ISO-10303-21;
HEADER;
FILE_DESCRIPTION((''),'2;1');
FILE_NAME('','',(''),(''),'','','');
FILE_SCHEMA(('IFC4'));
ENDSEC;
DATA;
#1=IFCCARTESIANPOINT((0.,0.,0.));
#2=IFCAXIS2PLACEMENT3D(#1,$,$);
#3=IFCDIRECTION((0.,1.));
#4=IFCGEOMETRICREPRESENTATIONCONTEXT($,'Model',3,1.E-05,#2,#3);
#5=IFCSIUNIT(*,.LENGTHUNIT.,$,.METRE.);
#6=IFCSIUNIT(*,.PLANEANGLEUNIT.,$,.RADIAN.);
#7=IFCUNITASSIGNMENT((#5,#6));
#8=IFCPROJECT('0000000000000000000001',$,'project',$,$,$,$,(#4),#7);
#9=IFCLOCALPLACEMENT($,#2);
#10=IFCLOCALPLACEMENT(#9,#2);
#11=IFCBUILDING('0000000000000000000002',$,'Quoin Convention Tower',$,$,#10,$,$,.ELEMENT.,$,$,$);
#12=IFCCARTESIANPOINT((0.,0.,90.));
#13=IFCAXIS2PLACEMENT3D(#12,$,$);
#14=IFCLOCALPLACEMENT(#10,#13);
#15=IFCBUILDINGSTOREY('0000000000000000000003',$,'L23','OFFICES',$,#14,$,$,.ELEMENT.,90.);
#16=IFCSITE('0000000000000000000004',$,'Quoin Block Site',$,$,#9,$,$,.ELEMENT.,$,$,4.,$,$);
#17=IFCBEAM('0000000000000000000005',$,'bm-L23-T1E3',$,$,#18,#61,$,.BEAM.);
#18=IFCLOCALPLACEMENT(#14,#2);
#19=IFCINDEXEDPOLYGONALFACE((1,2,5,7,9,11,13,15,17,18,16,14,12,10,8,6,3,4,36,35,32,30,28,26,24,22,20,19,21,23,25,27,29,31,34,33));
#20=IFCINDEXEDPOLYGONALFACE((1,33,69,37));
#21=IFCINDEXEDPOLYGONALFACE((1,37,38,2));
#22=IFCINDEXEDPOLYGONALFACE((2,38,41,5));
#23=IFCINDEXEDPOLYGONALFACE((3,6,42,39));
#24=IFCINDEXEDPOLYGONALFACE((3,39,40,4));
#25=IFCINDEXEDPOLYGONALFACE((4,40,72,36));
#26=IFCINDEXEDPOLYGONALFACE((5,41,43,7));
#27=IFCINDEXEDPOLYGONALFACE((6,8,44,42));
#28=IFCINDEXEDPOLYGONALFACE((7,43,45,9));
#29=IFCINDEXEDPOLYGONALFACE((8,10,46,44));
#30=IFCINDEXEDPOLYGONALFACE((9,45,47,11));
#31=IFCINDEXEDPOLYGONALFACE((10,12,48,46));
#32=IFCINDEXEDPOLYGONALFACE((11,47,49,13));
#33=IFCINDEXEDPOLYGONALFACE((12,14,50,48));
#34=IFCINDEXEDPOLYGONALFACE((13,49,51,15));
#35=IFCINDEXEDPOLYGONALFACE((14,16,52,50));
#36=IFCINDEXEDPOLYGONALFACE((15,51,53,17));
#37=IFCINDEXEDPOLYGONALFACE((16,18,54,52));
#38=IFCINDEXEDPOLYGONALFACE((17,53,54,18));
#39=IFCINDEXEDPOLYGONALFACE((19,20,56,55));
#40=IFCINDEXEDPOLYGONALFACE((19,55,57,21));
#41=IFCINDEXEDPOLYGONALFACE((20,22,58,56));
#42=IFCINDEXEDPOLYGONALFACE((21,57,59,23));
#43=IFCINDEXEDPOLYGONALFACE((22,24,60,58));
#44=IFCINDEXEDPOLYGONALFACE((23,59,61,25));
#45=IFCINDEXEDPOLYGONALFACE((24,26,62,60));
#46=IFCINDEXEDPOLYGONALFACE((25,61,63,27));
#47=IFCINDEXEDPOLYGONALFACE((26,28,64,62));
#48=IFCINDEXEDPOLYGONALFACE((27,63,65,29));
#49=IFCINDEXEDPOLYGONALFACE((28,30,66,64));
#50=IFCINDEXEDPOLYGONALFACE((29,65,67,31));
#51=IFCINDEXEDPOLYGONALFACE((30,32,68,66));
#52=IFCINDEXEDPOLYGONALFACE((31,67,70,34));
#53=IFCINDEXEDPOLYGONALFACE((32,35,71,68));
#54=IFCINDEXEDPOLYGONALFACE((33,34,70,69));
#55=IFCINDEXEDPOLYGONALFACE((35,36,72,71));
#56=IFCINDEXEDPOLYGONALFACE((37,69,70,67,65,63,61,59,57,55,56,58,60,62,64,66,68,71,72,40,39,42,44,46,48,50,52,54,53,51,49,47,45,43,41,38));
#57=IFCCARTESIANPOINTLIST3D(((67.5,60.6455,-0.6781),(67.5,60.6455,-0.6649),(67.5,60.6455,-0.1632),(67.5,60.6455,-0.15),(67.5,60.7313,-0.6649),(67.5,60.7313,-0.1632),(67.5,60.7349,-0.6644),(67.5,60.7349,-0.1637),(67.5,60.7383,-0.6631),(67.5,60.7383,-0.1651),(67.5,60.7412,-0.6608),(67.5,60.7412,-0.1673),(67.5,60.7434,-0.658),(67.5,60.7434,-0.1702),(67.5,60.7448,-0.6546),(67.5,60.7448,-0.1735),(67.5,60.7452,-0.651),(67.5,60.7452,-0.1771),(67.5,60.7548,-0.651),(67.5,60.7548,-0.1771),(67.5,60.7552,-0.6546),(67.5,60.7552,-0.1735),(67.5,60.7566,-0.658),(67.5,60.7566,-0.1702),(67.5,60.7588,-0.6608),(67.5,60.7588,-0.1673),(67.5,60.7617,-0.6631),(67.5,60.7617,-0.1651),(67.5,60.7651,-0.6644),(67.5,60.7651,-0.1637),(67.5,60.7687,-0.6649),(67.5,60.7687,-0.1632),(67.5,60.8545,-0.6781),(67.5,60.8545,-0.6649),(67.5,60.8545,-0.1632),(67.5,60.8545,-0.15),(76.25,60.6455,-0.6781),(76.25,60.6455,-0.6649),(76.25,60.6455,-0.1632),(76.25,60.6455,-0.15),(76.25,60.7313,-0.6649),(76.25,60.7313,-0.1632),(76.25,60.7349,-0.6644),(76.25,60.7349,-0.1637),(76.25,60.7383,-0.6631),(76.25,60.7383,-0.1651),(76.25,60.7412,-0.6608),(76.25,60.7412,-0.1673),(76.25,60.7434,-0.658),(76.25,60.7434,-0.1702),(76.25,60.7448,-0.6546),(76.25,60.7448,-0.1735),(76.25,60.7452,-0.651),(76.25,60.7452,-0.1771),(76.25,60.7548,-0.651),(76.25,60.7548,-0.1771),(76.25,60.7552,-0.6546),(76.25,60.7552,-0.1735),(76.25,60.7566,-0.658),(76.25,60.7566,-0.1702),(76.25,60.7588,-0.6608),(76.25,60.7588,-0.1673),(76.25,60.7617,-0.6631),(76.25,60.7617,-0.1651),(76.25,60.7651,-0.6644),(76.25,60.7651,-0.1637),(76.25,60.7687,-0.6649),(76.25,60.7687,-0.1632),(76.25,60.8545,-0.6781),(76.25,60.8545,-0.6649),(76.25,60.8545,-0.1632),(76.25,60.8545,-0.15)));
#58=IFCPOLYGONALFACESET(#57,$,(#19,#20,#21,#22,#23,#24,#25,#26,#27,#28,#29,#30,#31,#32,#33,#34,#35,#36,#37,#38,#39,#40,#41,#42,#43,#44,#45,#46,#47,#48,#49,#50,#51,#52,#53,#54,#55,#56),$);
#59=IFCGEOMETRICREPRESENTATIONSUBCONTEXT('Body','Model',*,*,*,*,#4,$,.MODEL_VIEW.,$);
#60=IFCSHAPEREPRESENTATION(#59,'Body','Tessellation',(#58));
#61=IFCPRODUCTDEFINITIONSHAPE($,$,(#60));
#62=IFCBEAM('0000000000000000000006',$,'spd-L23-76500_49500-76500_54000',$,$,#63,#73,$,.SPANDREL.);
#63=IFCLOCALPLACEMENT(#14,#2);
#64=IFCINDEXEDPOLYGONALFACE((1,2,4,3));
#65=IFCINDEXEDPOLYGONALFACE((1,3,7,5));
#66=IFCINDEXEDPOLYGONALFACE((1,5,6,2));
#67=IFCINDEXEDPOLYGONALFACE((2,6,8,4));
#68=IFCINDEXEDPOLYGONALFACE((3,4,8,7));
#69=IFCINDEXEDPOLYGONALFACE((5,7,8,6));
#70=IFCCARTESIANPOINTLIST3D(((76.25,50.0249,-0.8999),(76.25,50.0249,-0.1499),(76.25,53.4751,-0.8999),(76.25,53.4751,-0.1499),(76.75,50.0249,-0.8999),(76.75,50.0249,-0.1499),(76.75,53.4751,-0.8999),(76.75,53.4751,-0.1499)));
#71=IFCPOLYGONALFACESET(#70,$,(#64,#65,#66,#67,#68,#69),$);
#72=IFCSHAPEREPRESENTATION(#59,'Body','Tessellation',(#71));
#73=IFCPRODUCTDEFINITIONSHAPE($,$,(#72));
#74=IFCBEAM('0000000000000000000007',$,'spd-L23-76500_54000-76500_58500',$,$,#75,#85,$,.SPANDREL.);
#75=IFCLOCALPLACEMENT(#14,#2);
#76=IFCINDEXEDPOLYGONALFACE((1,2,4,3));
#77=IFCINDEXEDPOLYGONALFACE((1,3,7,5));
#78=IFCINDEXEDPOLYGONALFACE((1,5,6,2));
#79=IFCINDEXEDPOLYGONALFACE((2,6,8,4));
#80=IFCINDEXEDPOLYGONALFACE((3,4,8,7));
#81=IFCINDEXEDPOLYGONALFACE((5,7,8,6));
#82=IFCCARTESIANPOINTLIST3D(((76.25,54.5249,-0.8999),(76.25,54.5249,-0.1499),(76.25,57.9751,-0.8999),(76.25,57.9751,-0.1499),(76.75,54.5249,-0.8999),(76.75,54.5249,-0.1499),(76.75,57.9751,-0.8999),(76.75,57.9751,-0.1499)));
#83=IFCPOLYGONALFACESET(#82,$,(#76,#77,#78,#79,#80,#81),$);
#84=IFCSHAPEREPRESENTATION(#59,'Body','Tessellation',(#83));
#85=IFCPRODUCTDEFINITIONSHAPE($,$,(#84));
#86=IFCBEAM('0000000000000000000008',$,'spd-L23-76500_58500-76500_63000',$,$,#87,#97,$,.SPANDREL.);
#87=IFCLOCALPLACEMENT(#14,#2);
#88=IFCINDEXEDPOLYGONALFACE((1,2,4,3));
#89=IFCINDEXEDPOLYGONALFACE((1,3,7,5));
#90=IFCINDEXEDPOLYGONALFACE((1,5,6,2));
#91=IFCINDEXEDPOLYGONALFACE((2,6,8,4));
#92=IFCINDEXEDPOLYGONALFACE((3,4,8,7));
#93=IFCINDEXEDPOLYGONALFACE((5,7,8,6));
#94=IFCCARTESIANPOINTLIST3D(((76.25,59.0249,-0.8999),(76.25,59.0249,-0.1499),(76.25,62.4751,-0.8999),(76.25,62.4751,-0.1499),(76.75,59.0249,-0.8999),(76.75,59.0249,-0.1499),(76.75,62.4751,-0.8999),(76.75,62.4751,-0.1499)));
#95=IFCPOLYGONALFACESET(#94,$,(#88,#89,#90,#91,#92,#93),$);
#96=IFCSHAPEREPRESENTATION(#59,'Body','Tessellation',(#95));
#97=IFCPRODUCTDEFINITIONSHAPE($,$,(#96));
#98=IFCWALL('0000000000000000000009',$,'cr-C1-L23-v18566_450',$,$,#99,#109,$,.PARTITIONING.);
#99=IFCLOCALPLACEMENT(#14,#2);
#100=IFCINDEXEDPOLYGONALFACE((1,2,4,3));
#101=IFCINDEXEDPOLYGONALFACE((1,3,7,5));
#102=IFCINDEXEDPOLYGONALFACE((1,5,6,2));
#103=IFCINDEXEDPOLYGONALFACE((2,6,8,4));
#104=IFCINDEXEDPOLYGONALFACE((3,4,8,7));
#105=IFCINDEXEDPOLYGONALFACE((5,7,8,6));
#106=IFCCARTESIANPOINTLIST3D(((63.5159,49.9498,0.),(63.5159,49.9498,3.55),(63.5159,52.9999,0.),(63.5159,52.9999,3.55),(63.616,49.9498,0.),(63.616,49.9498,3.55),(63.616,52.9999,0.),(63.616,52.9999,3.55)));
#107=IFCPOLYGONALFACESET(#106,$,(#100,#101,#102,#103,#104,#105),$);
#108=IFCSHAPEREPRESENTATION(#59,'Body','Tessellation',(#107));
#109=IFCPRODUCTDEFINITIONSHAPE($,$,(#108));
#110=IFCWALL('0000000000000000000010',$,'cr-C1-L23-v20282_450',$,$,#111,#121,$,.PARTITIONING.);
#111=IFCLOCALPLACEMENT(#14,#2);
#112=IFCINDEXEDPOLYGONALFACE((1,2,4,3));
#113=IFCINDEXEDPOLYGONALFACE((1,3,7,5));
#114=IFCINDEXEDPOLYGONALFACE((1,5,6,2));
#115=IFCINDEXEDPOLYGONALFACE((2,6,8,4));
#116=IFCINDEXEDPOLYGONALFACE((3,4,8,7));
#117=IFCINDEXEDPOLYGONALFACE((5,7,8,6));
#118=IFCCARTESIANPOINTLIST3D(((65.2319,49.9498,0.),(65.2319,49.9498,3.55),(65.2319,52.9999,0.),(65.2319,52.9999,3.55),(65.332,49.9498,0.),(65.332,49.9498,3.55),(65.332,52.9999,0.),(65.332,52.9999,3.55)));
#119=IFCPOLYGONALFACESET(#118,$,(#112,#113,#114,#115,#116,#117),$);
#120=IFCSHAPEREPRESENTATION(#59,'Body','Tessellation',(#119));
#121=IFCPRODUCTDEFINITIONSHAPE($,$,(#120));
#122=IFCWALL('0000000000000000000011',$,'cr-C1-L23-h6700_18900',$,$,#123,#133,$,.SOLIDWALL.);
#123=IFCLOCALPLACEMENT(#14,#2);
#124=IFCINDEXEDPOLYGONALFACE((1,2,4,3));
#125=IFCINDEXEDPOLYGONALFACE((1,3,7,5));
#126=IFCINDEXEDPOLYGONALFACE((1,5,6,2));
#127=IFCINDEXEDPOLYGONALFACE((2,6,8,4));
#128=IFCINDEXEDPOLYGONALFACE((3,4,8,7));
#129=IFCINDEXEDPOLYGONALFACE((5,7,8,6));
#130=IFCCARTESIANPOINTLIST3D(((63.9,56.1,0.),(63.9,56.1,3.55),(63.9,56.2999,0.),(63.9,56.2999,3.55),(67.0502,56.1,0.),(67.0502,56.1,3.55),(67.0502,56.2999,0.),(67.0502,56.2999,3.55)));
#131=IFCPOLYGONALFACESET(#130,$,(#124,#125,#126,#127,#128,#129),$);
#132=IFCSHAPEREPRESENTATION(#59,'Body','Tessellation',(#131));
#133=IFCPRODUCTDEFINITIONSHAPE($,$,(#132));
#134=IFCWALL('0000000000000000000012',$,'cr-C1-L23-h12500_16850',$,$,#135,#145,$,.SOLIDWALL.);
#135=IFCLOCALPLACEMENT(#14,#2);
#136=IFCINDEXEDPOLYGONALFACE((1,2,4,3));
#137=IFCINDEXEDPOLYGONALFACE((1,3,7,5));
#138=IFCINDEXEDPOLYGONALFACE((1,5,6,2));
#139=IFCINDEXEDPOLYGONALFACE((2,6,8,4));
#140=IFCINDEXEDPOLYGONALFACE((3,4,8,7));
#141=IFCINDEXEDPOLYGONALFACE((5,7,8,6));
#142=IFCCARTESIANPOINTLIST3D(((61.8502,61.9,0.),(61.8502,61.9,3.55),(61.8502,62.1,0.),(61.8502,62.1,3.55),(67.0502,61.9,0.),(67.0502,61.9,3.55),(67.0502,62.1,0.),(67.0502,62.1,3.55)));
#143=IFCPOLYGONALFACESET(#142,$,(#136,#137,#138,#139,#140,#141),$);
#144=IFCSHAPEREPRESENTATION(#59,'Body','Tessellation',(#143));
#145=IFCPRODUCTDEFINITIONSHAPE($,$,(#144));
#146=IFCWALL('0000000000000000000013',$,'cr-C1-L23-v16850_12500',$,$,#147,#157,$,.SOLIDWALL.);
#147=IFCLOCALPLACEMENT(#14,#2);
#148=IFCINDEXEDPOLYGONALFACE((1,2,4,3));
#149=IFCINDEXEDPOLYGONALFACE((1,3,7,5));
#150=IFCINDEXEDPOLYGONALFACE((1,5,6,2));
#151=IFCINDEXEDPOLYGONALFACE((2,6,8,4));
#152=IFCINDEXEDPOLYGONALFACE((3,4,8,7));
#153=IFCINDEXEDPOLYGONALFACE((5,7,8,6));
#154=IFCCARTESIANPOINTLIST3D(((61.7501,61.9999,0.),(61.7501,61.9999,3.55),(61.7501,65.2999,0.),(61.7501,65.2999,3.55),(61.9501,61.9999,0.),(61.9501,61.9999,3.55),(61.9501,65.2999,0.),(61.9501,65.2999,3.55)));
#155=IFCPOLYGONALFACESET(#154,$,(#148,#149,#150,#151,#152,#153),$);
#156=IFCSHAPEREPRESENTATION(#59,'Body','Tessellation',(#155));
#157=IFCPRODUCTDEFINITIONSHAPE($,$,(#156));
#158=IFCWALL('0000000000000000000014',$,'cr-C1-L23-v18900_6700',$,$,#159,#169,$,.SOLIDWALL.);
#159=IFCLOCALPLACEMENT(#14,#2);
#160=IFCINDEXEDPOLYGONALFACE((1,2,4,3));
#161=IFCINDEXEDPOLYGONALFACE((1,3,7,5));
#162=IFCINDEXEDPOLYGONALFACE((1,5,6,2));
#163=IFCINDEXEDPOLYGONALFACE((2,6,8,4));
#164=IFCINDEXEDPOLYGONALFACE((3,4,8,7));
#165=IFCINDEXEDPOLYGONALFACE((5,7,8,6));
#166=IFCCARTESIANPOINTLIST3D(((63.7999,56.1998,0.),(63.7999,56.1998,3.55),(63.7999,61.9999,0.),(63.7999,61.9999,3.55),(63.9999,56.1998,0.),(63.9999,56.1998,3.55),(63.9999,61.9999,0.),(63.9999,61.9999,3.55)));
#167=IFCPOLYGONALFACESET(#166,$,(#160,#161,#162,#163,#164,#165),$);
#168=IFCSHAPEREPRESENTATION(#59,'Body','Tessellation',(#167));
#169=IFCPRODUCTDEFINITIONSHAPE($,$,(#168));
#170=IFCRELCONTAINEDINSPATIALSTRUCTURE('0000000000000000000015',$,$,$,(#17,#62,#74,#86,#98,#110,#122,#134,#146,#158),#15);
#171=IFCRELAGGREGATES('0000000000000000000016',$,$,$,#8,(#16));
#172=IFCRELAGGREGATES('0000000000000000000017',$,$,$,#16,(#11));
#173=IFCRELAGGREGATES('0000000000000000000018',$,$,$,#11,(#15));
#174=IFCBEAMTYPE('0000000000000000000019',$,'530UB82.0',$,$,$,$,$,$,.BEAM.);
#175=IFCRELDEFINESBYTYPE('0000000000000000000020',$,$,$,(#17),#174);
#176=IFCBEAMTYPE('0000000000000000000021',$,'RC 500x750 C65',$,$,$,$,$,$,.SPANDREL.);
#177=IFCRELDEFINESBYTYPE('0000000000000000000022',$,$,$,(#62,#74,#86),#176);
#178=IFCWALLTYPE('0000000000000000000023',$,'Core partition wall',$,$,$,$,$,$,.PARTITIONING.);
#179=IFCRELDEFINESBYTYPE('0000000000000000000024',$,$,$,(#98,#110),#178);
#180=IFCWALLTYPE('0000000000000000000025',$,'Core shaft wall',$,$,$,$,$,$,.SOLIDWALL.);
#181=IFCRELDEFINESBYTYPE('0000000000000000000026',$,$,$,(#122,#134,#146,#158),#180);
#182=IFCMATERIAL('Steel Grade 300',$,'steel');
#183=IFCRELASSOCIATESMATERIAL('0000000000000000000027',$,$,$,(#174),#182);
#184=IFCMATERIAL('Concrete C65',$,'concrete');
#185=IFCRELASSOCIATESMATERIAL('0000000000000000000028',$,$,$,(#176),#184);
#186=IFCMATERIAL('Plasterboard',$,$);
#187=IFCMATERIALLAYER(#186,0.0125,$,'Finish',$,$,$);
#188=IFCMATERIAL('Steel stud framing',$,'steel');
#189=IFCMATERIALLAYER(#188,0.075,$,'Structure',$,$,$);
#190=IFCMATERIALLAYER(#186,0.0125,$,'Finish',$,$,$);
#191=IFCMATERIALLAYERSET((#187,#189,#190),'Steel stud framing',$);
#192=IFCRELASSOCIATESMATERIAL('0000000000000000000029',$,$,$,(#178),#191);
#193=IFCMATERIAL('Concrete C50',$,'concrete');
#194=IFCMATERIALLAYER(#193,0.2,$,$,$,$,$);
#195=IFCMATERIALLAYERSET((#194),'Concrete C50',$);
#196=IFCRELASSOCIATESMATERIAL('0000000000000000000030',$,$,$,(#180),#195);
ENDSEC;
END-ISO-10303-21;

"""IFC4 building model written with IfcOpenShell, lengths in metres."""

from ifc_helpers import new_model, si_unit, direction, frame, frame_2d, origin, origin_2d, place, context, subcontext, project, spatial, rectangle, i_section, extrude, material, layer, layer_set, material_profile, profile_set, type_object, element, save


model = new_model("IFC4")

# Units and contexts
model_context = context("Model", 3, precision=1e-05, world=origin(), true_north=direction((0.0, 1.0)))
body_context = subcontext(model_context, "Body", "Model", "MODEL_VIEW")
ifc_project = project(units=[si_unit("LENGTHUNIT", "METRE"), si_unit("PLANEANGLEUNIT", "RADIAN")], contexts=[model_context])

# Site, building, storey
site_placement = place(None, origin())
site = spatial("IfcSite", under=ifc_project, at=site_placement, Name="Quoin Block Site", CompositionType="ELEMENT", RefElevation=4.0)
building_placement = place(site_placement, origin())
building = spatial("IfcBuilding", under=site, at=building_placement, Name="Quoin Convention Tower", CompositionType="ELEMENT")
storey_placement = place(building_placement, frame((0.0, 0.0, 90.0)))
storey = spatial("IfcBuildingStorey", under=building, at=storey_placement, Name="L23", Description="OFFICES", CompositionType="ELEMENT", Elevation=90.0)

# Shared definitions
ifc_material_1 = material(Name="Concrete C65", Category="concrete")

# Beams
ifc_material_2 = material(Name="Steel Grade 300", Category="steel")
ifc_material_profile_1 = material_profile(ifc_material_2, i_section(OverallWidth=0.209, OverallDepth=0.5281, WebThickness=0.0095, FlangeThickness=0.0132, FilletRadius=0.0139, at=origin_2d()), Name="530UB82.0")
ifc_profile_set_1 = profile_set([ifc_material_profile_1], Name="Steel Grade 300")
beam_type_1 = type_object("IfcBeamType", Name="530UB82.0", PredefinedType="BEAM", material=ifc_profile_set_1)
for number, where, z_axis, x_axis, name in (
    (1, (67.5, 60.75, -0.4141), (1.0, 0.0, 0.0), (0.0, 1.0, 0.0), "bm-L23-T1E3"),
):
    element("IfcBeam", number, at=place(storey_placement, frame(where, z_axis=z_axis, x_axis=x_axis)), inside=storey, type_object=beam_type_1, Name=name, PredefinedType="BEAM", context=body_context, shape_type="SweptSolid", body=[
        extrude(i_section(OverallWidth=0.209, OverallDepth=0.5281, WebThickness=0.0095, FlangeThickness=0.0132, FilletRadius=0.0139, at=origin_2d()), origin(), (0.0, 0.0, 1.0), 8.75),
    ])
ifc_material_profile_2 = material_profile(ifc_material_1, rectangle(XDim=0.5, YDim=0.75, at=origin_2d()), Name="RC 500x750")
ifc_profile_set_2 = profile_set([ifc_material_profile_2], Name="Concrete C65")
beam_type_2 = type_object("IfcBeamType", Name="RC 500x750 C65", PredefinedType="SPANDREL", material=ifc_profile_set_2)
for number, where, z_axis, x_axis, name in (
    (2, (76.5, 50.0249, -0.5249), (0.0, 1.0, 0.0), (-1.0, 0.0, 0.0), "spd-L23-76500_49500-76500_54000"),
    (3, (76.5, 54.5249, -0.5249), (0.0, 1.0, 0.0), (-1.0, 0.0, 0.0), "spd-L23-76500_54000-76500_58500"),
    (4, (76.5, 59.0249, -0.5249), (0.0, 1.0, 0.0), (-1.0, 0.0, 0.0), "spd-L23-76500_58500-76500_63000"),
):
    element("IfcBeam", number, at=place(storey_placement, frame(where, z_axis=z_axis, x_axis=x_axis)), inside=storey, type_object=beam_type_2, Name=name, PredefinedType="SPANDREL", context=body_context, shape_type="SweptSolid", body=[
        extrude(rectangle(XDim=0.5, YDim=0.75, at=origin_2d()), origin(), (0.0, 0.0, 1.0), 3.4502),
    ])

# Walls
ifc_material_3 = material(Name="Plasterboard")
ifc_layer_1 = layer(ifc_material_3, 0.0125, Name="Finish")
ifc_material_4 = material(Name="Steel stud framing", Category="steel")
ifc_layer_2 = layer(ifc_material_4, 0.075, Name="Structure")
ifc_layer_3 = layer(ifc_material_3, 0.0125, Name="Finish")
ifc_layer_set_1 = layer_set([ifc_layer_1, ifc_layer_2, ifc_layer_3], Name="Steel stud framing")
wall_type_1 = type_object("IfcWallType", Name="Core partition wall", PredefinedType="PARTITIONING", material=ifc_layer_set_1)
for number, where, z_axis, x_axis, name in (
    (5, (63.5659, 49.95, 0.0), (0.0, 0.0, 1.0), (0.0, 1.0, 0.0), "cr-C1-L23-v18566_450"),
    (6, (65.282, 49.95, 0.0), (0.0, 0.0, 1.0), (0.0, 1.0, 0.0), "cr-C1-L23-v20282_450"),
):
    element("IfcWall", number, at=place(storey_placement, frame(where, z_axis=z_axis, x_axis=x_axis)), inside=storey, type_object=wall_type_1, Name=name, PredefinedType="PARTITIONING", context=body_context, shape_type="SweptSolid", body=[
        extrude(rectangle(XDim=3.05, YDim=0.1001, at=frame_2d((1.5249, 0.0))), origin(), (0.0, 0.0, 1.0), 3.55),
    ])
ifc_material_5 = material(Name="Concrete C50", Category="concrete")
ifc_layer_4 = layer(ifc_material_5, 0.2)
ifc_layer_set_2 = layer_set([ifc_layer_4], Name="Concrete C50")
wall_type_2 = type_object("IfcWallType", Name="Core shaft wall", PredefinedType="SOLIDWALL", material=ifc_layer_set_2)
wall_1_placement = place(storey_placement, frame((63.8999, 56.2, 0.0), z_axis=(0.0, 0.0, 1.0), x_axis=(1.0, 0.0, 0.0)))
element("IfcWall", 7, at=wall_1_placement, inside=storey, type_object=wall_type_2, Name="cr-C1-L23-h6700_18900", PredefinedType="SOLIDWALL", context=body_context, shape_type="SweptSolid", body=[
    extrude(rectangle(XDim=3.1501, YDim=0.2, at=frame_2d((1.5752, 0.0))), origin(), (0.0, 0.0, 1.0), 3.55),
])
wall_2_placement = place(storey_placement, frame((61.8501, 62.0, 0.0), z_axis=(0.0, 0.0, 1.0), x_axis=(1.0, 0.0, 0.0)))
element("IfcWall", 8, at=wall_2_placement, inside=storey, type_object=wall_type_2, Name="cr-C1-L23-h12500_16850", PredefinedType="SOLIDWALL", context=body_context, shape_type="SweptSolid", body=[
    extrude(rectangle(XDim=5.2, YDim=0.2, at=frame_2d((2.6001, 0.0))), origin(), (0.0, 0.0, 1.0), 3.55),
])
wall_3_placement = place(storey_placement, frame((61.8501, 62.0, 0.0), z_axis=(0.0, 0.0, 1.0), x_axis=(0.0, 1.0, 0.0)))
element("IfcWall", 9, at=wall_3_placement, inside=storey, type_object=wall_type_2, Name="cr-C1-L23-v16850_12500", PredefinedType="SOLIDWALL", context=body_context, shape_type="SweptSolid", body=[
    extrude(rectangle(XDim=3.3, YDim=0.2, at=frame_2d((1.6499, 0.0))), origin(), (0.0, 0.0, 1.0), 3.55),
])
wall_4_placement = place(storey_placement, frame((63.8999, 56.2, 0.0), z_axis=(0.0, 0.0, 1.0), x_axis=(0.0, 1.0, 0.0)))
element("IfcWall", 10, at=wall_4_placement, inside=storey, type_object=wall_type_2, Name="cr-C1-L23-v18900_6700", PredefinedType="SOLIDWALL", context=body_context, shape_type="SweptSolid", body=[
    extrude(rectangle(XDim=5.8, YDim=0.2, at=frame_2d((2.8999, 0.0))), origin(), (0.0, 0.0, 1.0), 3.55),
])

save(model, "model.ifc")
